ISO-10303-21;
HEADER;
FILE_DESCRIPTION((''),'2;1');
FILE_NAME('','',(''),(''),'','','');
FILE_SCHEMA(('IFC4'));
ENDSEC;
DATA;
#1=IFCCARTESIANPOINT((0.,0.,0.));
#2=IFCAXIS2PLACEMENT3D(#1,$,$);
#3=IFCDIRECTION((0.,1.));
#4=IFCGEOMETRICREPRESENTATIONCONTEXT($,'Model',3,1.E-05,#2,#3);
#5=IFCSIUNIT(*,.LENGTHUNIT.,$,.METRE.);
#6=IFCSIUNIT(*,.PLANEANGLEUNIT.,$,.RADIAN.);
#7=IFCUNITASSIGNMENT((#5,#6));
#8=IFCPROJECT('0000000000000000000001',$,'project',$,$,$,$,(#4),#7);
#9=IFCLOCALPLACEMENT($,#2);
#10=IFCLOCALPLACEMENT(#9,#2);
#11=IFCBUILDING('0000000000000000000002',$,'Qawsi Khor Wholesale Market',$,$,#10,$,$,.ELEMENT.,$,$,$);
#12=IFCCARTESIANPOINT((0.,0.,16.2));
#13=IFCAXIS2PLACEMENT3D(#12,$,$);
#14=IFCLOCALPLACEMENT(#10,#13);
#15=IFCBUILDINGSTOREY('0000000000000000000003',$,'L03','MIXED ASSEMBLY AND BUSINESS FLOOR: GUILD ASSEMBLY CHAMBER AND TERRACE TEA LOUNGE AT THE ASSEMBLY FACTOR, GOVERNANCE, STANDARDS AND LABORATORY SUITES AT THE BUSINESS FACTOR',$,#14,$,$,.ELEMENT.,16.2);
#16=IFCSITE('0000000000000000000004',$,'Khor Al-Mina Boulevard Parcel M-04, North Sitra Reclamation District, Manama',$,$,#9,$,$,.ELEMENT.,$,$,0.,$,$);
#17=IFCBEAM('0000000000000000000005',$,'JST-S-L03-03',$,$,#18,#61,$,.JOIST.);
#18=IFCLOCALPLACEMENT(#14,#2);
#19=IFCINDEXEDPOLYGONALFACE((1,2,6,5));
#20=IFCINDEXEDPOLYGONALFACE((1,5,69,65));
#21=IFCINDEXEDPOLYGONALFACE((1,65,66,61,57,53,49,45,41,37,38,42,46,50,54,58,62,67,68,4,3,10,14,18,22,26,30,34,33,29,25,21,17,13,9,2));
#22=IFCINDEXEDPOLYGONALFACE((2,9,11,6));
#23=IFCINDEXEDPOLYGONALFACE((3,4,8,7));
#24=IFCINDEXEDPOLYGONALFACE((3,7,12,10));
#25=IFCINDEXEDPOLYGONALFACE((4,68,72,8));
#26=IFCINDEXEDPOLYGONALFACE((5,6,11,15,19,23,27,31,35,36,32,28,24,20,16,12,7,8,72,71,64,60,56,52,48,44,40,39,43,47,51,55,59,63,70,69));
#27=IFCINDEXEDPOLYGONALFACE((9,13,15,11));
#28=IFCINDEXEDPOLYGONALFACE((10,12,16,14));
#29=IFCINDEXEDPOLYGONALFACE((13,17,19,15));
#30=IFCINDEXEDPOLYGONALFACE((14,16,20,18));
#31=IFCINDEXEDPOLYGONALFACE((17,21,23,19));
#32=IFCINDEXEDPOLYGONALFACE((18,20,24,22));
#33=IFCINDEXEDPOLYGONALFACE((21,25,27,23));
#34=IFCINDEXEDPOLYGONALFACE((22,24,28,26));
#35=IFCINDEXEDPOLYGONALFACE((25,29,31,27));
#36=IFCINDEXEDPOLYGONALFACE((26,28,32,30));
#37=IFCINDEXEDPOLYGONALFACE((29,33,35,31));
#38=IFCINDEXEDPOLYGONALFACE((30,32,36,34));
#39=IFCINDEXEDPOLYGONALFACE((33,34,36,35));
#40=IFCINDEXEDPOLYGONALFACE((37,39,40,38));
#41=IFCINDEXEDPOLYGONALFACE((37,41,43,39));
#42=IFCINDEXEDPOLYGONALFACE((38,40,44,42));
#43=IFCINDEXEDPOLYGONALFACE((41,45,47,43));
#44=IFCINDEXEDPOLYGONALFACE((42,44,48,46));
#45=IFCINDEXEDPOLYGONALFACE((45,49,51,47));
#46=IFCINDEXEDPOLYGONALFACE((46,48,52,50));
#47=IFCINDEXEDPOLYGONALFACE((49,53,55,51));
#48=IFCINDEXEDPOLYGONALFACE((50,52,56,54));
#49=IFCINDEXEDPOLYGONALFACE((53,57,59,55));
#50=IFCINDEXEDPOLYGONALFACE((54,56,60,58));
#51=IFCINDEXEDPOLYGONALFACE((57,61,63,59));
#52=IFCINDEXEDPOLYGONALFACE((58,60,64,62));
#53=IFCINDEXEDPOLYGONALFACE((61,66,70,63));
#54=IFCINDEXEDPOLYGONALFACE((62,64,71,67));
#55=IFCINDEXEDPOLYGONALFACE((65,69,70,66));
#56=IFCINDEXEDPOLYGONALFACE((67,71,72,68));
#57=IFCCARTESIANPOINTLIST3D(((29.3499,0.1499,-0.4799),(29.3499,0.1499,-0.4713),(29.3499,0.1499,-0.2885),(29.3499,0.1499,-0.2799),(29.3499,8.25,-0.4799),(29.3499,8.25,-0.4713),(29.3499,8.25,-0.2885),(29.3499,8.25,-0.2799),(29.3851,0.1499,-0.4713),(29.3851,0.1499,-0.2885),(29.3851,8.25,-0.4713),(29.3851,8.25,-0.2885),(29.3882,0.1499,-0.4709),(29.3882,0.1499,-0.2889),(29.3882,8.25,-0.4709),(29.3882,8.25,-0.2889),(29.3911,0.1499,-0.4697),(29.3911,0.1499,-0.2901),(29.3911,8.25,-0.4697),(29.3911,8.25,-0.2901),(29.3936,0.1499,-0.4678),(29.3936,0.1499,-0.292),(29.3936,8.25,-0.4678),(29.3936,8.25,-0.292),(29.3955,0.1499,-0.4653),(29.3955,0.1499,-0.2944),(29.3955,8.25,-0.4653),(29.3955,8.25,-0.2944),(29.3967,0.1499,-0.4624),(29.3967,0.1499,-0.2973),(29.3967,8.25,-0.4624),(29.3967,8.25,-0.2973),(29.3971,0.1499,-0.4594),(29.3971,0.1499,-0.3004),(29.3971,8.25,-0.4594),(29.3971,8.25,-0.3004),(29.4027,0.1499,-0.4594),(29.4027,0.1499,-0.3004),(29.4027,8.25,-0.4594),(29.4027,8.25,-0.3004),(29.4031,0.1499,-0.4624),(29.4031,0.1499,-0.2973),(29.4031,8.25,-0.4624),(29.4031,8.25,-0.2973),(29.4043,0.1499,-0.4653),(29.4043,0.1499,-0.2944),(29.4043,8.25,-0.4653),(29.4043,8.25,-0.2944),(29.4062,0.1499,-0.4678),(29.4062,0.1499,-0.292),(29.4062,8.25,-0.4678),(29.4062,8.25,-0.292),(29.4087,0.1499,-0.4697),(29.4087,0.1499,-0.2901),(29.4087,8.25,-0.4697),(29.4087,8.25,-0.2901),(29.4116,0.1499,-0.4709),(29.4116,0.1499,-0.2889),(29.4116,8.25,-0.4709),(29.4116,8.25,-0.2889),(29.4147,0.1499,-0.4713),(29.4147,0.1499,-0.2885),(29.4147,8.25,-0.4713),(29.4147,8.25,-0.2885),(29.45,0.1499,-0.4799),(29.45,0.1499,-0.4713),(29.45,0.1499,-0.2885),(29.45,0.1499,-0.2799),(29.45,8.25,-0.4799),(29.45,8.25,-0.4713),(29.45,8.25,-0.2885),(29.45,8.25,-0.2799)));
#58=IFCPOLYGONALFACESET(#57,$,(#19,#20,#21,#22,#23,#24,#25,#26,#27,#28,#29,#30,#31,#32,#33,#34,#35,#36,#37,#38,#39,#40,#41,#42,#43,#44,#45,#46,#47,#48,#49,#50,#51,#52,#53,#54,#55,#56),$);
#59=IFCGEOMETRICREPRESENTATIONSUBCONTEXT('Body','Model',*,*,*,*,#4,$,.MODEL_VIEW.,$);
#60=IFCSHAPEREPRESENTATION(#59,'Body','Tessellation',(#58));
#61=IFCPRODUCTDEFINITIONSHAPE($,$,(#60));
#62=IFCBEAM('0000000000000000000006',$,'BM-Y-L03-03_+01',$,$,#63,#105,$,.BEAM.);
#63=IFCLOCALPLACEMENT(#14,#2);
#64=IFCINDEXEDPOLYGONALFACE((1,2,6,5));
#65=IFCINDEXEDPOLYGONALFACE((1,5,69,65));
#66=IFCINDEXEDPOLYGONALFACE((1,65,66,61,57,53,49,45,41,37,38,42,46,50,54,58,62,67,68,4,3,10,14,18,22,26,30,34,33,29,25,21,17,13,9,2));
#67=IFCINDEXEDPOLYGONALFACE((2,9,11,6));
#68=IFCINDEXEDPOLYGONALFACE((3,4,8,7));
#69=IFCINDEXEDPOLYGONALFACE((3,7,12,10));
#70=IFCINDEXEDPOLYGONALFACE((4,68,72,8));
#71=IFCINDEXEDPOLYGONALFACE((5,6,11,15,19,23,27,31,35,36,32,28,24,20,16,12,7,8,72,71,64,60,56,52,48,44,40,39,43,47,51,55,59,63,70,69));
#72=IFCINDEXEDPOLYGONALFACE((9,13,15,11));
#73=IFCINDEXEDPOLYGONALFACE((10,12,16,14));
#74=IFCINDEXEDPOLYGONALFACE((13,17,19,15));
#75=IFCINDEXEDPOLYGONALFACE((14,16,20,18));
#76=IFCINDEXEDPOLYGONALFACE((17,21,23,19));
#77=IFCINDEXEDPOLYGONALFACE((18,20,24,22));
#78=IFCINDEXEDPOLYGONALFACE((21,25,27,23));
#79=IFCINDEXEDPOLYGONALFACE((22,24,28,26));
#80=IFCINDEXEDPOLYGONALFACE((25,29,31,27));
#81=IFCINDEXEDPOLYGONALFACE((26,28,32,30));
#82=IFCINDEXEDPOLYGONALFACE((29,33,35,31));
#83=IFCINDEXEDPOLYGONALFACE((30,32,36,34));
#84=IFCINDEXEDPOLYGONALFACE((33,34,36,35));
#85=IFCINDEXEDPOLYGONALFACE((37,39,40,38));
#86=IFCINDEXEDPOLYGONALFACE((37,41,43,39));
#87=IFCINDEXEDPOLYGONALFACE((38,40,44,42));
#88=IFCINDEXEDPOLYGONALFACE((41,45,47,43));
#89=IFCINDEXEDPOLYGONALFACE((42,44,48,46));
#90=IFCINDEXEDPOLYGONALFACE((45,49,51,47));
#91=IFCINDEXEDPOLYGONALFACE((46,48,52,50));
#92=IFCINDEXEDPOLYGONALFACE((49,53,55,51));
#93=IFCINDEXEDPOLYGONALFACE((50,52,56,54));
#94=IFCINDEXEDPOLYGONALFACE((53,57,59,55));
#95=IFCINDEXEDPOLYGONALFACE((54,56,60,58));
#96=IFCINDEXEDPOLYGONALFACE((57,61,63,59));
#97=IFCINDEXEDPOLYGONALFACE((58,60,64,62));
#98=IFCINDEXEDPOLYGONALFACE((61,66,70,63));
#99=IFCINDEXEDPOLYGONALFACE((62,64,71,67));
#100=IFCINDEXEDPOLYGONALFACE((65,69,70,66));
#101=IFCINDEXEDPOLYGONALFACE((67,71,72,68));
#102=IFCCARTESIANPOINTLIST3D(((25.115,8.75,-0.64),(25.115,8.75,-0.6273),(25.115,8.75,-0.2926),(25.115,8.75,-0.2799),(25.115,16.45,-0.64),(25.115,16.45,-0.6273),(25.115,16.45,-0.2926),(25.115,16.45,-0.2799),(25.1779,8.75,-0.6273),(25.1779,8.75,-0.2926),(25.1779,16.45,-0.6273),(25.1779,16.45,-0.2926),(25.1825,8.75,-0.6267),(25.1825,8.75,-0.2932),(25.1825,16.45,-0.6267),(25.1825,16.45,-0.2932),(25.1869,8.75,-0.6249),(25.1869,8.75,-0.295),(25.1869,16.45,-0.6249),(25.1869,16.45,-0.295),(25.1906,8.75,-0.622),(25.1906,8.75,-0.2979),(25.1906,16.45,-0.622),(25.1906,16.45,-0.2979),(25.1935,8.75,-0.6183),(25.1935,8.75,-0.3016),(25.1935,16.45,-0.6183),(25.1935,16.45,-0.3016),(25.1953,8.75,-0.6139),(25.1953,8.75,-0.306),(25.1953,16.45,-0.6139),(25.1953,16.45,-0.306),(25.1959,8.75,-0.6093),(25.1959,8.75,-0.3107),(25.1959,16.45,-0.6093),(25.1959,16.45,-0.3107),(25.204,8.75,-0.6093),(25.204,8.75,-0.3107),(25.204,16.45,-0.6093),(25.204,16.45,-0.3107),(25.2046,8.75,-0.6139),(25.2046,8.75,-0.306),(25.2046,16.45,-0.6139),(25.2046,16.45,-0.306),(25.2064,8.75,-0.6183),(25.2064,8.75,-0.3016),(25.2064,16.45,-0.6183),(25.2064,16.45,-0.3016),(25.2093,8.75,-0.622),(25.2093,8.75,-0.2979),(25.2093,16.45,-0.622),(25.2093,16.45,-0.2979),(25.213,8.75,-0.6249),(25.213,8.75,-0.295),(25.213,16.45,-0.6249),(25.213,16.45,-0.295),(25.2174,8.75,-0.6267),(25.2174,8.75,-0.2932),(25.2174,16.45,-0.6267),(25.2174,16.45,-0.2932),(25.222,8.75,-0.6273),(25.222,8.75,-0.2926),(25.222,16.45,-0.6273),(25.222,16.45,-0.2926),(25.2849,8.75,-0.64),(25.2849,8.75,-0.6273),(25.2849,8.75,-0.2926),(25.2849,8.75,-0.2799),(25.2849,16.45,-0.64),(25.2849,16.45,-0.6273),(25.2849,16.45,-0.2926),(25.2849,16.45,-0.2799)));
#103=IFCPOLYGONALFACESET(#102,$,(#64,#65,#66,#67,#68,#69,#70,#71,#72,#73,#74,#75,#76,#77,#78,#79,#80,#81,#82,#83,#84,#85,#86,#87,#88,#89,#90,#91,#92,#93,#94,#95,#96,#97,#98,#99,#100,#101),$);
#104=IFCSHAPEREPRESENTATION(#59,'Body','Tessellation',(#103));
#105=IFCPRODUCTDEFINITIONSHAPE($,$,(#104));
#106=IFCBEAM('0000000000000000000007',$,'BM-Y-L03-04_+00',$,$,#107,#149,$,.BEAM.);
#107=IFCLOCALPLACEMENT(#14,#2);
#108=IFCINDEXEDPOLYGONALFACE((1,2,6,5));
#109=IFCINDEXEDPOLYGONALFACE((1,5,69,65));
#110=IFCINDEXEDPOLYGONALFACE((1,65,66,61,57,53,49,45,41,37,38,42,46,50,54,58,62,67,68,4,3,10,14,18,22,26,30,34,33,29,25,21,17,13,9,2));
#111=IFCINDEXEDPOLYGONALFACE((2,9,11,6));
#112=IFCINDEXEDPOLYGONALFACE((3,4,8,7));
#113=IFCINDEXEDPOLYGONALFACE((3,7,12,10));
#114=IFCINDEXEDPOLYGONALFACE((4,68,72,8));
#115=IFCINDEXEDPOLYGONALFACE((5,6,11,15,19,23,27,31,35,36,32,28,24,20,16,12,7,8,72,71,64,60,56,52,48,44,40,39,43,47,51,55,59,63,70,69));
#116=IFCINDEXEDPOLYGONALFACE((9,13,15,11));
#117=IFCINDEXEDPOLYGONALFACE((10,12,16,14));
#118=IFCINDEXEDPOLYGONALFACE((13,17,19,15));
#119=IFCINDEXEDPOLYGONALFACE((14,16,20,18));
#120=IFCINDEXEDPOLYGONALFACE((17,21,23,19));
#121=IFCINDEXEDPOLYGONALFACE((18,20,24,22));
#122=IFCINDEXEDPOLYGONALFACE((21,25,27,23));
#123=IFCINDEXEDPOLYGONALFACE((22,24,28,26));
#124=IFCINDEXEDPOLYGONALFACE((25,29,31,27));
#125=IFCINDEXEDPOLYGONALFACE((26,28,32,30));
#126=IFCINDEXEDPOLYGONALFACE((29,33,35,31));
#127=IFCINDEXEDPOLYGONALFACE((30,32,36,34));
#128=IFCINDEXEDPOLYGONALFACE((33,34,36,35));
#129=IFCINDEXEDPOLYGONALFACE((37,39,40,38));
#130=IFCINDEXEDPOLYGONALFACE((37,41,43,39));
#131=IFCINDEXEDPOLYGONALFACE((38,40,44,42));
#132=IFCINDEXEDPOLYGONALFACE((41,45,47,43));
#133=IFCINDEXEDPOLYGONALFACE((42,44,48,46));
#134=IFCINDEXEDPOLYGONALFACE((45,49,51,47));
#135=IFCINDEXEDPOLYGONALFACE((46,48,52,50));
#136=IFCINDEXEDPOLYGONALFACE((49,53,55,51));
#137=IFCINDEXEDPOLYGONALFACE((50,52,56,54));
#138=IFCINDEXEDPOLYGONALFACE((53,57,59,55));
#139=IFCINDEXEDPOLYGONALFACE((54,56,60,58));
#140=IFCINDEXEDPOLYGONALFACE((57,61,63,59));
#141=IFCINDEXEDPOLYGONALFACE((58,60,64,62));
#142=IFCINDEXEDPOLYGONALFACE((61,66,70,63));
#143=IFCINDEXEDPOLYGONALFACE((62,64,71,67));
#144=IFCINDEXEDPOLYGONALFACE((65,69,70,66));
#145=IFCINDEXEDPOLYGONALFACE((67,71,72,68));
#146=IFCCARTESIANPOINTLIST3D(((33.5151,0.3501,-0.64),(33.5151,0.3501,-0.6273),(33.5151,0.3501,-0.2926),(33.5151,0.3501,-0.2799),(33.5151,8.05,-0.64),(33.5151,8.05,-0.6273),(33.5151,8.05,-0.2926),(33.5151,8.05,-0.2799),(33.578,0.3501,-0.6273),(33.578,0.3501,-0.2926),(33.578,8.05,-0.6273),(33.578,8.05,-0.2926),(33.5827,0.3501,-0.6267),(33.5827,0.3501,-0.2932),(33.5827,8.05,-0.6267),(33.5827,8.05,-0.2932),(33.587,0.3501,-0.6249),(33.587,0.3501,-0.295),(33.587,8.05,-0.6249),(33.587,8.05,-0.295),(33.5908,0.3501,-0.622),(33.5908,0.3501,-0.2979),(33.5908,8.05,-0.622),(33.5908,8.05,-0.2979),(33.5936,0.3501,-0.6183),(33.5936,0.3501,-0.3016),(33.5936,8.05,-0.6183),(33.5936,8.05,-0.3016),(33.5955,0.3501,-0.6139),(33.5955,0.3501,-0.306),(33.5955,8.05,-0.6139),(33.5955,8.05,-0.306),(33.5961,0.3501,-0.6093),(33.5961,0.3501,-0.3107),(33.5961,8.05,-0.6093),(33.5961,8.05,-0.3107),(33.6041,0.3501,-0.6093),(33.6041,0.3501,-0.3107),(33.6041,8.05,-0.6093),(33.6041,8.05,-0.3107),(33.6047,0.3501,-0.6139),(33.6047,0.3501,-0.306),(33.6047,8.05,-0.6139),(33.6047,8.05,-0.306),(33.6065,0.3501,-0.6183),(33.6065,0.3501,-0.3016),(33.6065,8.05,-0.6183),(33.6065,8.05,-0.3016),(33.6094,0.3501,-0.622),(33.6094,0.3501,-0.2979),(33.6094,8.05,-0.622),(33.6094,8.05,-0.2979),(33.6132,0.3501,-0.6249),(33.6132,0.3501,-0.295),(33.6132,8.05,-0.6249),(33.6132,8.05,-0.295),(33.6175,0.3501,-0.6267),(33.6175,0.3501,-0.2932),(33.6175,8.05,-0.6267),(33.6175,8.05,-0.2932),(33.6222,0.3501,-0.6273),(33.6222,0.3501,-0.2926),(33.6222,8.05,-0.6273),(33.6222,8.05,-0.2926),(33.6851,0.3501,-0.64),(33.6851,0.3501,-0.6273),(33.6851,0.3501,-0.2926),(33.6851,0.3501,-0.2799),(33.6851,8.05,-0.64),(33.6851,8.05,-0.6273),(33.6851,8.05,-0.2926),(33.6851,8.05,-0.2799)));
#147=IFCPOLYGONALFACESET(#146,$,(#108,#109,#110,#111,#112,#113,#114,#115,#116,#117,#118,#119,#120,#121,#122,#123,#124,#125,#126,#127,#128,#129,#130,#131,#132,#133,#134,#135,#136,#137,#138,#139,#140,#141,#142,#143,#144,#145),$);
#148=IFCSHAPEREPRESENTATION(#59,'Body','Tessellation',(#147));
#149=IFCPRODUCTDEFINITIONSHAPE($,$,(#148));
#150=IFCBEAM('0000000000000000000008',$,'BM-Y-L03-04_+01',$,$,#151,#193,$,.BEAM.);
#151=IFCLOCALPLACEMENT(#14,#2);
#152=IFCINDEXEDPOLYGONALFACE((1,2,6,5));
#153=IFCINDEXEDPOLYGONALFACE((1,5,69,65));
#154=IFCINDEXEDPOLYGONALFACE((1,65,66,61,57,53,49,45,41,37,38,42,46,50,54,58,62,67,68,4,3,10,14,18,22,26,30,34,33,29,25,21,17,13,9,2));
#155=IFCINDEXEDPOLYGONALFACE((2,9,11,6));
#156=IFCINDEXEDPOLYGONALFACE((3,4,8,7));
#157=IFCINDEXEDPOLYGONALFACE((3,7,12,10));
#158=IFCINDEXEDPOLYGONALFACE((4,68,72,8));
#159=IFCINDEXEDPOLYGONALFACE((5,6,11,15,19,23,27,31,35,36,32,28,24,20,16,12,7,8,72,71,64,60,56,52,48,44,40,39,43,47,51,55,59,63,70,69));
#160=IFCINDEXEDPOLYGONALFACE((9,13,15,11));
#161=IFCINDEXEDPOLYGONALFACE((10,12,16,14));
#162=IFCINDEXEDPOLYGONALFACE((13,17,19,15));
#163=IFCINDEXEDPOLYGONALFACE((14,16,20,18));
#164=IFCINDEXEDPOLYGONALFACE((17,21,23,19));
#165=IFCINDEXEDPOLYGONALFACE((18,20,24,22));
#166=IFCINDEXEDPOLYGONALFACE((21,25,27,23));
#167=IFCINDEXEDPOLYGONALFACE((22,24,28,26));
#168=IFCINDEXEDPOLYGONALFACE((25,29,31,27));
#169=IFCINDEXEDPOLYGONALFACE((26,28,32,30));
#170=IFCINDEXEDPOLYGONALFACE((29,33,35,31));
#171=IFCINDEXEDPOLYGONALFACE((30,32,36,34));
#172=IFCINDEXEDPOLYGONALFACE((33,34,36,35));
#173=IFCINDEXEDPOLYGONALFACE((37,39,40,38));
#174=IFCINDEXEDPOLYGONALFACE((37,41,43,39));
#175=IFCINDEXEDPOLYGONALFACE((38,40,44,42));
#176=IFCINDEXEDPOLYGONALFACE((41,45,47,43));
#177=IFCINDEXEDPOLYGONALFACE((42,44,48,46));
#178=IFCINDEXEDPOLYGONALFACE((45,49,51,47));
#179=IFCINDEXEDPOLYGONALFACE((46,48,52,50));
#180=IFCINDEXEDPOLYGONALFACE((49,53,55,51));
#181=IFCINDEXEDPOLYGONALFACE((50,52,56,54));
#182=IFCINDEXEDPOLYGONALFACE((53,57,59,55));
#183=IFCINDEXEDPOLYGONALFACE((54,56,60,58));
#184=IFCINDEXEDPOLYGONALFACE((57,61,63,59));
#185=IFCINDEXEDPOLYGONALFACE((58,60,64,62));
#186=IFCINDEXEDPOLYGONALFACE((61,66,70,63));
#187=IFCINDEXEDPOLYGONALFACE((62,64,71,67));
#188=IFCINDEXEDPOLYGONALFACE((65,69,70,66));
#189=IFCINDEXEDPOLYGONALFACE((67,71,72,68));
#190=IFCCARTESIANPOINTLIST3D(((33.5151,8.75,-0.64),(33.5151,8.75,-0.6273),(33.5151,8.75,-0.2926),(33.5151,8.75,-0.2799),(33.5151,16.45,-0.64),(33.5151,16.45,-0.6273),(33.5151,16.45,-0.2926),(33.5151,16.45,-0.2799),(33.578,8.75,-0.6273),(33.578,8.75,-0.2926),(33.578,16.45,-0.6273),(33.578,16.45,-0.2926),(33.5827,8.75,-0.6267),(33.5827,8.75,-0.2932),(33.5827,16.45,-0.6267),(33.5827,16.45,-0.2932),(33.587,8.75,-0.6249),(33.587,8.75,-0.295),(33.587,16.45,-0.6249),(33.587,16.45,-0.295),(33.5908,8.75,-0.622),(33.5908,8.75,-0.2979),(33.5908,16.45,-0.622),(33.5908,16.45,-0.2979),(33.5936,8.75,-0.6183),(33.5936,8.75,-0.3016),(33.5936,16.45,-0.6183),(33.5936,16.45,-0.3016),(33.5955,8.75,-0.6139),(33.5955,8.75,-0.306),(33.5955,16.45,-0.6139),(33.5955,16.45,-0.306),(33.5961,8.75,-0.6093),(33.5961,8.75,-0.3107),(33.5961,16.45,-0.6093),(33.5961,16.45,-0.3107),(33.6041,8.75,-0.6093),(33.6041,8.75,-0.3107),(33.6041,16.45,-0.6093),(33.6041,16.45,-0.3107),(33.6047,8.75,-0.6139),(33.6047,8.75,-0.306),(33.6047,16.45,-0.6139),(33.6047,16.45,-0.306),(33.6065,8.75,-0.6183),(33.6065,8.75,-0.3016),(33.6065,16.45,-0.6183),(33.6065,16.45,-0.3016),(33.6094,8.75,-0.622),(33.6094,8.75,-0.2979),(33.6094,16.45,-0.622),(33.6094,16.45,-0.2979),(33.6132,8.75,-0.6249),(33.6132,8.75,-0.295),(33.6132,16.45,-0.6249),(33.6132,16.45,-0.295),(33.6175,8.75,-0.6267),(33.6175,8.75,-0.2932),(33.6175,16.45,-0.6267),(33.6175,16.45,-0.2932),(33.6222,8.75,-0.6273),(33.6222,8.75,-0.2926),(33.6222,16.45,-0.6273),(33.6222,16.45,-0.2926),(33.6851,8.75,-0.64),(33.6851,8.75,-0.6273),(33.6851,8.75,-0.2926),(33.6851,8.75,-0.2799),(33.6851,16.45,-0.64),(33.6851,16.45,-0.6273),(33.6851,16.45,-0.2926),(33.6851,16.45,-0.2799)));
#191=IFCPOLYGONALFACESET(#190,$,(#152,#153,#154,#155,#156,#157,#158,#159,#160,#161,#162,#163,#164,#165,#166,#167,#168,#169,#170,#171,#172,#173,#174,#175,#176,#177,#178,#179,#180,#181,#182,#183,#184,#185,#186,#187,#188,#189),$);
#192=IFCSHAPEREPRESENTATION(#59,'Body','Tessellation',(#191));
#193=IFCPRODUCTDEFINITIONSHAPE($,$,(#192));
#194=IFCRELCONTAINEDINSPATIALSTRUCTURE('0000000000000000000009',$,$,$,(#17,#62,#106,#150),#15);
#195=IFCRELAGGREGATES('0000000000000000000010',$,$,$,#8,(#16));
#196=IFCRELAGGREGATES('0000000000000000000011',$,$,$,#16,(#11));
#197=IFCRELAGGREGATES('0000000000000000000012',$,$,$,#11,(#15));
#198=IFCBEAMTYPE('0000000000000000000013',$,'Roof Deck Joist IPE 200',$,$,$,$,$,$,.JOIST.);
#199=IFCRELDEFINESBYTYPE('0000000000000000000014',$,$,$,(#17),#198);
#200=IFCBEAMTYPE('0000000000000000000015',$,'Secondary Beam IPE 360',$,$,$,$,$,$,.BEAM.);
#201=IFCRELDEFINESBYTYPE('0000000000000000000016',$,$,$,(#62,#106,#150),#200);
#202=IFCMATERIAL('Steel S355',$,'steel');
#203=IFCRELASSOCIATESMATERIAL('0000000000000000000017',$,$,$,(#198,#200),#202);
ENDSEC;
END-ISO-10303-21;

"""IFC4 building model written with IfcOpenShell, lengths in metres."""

from ifc_helpers import new_model, si_unit, direction, frame, origin, origin_2d, place, context, subcontext, project, spatial, i_section, extrude, material, material_profile, profile_set, type_object, element, save


model = new_model("IFC4")

# Units and contexts
model_context = context("Model", 3, precision=1e-05, world=origin(), true_north=direction((0.0, 1.0)))
body_context = subcontext(model_context, "Body", "Model", "MODEL_VIEW")
ifc_project = project(units=[si_unit("LENGTHUNIT", "METRE"), si_unit("PLANEANGLEUNIT", "RADIAN")], contexts=[model_context])

# Site, building, storey
site_placement = place(None, origin())
site = spatial("IfcSite", under=ifc_project, at=site_placement, Name="Khor Al-Mina Boulevard Parcel M-04, North Sitra Reclamation District, Manama", CompositionType="ELEMENT", RefElevation=0.0)
building_placement = place(site_placement, origin())
building = spatial("IfcBuilding", under=site, at=building_placement, Name="Qawsi Khor Wholesale Market", CompositionType="ELEMENT")
storey_placement = place(building_placement, frame((0.0, 0.0, 16.2)))
storey = spatial("IfcBuildingStorey", under=building, at=storey_placement, Name="L03", Description="MIXED ASSEMBLY AND BUSINESS FLOOR: GUILD ASSEMBLY CHAMBER AND TERRACE TEA LOUNGE AT THE ASSEMBLY FACTOR, GOVERNANCE, STANDARDS AND LABORATORY SUITES AT THE BUSINESS FACTOR", CompositionType="ELEMENT", Elevation=16.2)

# Beams
ifc_material_1 = material(Name="Steel S355", Category="steel")
ifc_material_profile_1 = material_profile(ifc_material_1, i_section(OverallWidth=0.1001, OverallDepth=0.2, WebThickness=0.0056, FlangeThickness=0.0085, FilletRadius=0.012, at=origin_2d()), Name="IPE 200")
ifc_profile_set_1 = profile_set([ifc_material_profile_1], Name="Steel S355")
beam_type_1 = type_object("IfcBeamType", Name="Roof Deck Joist IPE 200", PredefinedType="JOIST", material=ifc_profile_set_1)
beam_1_placement = place(storey_placement, frame((29.3999, 0.1499, -0.3799), z_axis=(0.0, 1.0, 0.0), x_axis=(-1.0, 0.0, 0.0)))
element("IfcBeam", 1, at=beam_1_placement, inside=storey, type_object=beam_type_1, Name="JST-S-L03-03", PredefinedType="JOIST", context=body_context, shape_type="SweptSolid", body=[
    extrude(i_section(OverallWidth=0.1001, OverallDepth=0.2, WebThickness=0.0056, FlangeThickness=0.0085, FilletRadius=0.012, at=origin_2d()), origin(), (0.0, 0.0, 1.0), 8.1001),
])
ifc_material_profile_2 = material_profile(ifc_material_1, i_section(OverallWidth=0.1699, OverallDepth=0.3601, WebThickness=0.0081, FlangeThickness=0.0127, FilletRadius=0.0181, at=origin_2d()), Name="IPE 360")
ifc_profile_set_2 = profile_set([ifc_material_profile_2], Name="Steel S355")
beam_type_2 = type_object("IfcBeamType", Name="Secondary Beam IPE 360", PredefinedType="BEAM", material=ifc_profile_set_2)
for number, where, z_axis, x_axis, name in (
    (2, (25.2, 8.75, -0.46), (0.0, 1.0, 0.0), (-1.0, 0.0, 0.0), "BM-Y-L03-03_+01"),
    (3, (33.6001, 0.3501, -0.46), (0.0, 1.0, 0.0), (-1.0, 0.0, 0.0), "BM-Y-L03-04_+00"),
    (4, (33.6001, 8.75, -0.46), (0.0, 1.0, 0.0), (-1.0, 0.0, 0.0), "BM-Y-L03-04_+01"),
):
    element("IfcBeam", number, at=place(storey_placement, frame(where, z_axis=z_axis, x_axis=x_axis)), inside=storey, type_object=beam_type_2, Name=name, PredefinedType="BEAM", context=body_context, shape_type="SweptSolid", body=[
        extrude(i_section(OverallWidth=0.1699, OverallDepth=0.3601, WebThickness=0.0081, FlangeThickness=0.0127, FilletRadius=0.0181, at=origin_2d()), origin(), (0.0, 0.0, 1.0), 7.7),
    ])

save(model, "model.ifc")
